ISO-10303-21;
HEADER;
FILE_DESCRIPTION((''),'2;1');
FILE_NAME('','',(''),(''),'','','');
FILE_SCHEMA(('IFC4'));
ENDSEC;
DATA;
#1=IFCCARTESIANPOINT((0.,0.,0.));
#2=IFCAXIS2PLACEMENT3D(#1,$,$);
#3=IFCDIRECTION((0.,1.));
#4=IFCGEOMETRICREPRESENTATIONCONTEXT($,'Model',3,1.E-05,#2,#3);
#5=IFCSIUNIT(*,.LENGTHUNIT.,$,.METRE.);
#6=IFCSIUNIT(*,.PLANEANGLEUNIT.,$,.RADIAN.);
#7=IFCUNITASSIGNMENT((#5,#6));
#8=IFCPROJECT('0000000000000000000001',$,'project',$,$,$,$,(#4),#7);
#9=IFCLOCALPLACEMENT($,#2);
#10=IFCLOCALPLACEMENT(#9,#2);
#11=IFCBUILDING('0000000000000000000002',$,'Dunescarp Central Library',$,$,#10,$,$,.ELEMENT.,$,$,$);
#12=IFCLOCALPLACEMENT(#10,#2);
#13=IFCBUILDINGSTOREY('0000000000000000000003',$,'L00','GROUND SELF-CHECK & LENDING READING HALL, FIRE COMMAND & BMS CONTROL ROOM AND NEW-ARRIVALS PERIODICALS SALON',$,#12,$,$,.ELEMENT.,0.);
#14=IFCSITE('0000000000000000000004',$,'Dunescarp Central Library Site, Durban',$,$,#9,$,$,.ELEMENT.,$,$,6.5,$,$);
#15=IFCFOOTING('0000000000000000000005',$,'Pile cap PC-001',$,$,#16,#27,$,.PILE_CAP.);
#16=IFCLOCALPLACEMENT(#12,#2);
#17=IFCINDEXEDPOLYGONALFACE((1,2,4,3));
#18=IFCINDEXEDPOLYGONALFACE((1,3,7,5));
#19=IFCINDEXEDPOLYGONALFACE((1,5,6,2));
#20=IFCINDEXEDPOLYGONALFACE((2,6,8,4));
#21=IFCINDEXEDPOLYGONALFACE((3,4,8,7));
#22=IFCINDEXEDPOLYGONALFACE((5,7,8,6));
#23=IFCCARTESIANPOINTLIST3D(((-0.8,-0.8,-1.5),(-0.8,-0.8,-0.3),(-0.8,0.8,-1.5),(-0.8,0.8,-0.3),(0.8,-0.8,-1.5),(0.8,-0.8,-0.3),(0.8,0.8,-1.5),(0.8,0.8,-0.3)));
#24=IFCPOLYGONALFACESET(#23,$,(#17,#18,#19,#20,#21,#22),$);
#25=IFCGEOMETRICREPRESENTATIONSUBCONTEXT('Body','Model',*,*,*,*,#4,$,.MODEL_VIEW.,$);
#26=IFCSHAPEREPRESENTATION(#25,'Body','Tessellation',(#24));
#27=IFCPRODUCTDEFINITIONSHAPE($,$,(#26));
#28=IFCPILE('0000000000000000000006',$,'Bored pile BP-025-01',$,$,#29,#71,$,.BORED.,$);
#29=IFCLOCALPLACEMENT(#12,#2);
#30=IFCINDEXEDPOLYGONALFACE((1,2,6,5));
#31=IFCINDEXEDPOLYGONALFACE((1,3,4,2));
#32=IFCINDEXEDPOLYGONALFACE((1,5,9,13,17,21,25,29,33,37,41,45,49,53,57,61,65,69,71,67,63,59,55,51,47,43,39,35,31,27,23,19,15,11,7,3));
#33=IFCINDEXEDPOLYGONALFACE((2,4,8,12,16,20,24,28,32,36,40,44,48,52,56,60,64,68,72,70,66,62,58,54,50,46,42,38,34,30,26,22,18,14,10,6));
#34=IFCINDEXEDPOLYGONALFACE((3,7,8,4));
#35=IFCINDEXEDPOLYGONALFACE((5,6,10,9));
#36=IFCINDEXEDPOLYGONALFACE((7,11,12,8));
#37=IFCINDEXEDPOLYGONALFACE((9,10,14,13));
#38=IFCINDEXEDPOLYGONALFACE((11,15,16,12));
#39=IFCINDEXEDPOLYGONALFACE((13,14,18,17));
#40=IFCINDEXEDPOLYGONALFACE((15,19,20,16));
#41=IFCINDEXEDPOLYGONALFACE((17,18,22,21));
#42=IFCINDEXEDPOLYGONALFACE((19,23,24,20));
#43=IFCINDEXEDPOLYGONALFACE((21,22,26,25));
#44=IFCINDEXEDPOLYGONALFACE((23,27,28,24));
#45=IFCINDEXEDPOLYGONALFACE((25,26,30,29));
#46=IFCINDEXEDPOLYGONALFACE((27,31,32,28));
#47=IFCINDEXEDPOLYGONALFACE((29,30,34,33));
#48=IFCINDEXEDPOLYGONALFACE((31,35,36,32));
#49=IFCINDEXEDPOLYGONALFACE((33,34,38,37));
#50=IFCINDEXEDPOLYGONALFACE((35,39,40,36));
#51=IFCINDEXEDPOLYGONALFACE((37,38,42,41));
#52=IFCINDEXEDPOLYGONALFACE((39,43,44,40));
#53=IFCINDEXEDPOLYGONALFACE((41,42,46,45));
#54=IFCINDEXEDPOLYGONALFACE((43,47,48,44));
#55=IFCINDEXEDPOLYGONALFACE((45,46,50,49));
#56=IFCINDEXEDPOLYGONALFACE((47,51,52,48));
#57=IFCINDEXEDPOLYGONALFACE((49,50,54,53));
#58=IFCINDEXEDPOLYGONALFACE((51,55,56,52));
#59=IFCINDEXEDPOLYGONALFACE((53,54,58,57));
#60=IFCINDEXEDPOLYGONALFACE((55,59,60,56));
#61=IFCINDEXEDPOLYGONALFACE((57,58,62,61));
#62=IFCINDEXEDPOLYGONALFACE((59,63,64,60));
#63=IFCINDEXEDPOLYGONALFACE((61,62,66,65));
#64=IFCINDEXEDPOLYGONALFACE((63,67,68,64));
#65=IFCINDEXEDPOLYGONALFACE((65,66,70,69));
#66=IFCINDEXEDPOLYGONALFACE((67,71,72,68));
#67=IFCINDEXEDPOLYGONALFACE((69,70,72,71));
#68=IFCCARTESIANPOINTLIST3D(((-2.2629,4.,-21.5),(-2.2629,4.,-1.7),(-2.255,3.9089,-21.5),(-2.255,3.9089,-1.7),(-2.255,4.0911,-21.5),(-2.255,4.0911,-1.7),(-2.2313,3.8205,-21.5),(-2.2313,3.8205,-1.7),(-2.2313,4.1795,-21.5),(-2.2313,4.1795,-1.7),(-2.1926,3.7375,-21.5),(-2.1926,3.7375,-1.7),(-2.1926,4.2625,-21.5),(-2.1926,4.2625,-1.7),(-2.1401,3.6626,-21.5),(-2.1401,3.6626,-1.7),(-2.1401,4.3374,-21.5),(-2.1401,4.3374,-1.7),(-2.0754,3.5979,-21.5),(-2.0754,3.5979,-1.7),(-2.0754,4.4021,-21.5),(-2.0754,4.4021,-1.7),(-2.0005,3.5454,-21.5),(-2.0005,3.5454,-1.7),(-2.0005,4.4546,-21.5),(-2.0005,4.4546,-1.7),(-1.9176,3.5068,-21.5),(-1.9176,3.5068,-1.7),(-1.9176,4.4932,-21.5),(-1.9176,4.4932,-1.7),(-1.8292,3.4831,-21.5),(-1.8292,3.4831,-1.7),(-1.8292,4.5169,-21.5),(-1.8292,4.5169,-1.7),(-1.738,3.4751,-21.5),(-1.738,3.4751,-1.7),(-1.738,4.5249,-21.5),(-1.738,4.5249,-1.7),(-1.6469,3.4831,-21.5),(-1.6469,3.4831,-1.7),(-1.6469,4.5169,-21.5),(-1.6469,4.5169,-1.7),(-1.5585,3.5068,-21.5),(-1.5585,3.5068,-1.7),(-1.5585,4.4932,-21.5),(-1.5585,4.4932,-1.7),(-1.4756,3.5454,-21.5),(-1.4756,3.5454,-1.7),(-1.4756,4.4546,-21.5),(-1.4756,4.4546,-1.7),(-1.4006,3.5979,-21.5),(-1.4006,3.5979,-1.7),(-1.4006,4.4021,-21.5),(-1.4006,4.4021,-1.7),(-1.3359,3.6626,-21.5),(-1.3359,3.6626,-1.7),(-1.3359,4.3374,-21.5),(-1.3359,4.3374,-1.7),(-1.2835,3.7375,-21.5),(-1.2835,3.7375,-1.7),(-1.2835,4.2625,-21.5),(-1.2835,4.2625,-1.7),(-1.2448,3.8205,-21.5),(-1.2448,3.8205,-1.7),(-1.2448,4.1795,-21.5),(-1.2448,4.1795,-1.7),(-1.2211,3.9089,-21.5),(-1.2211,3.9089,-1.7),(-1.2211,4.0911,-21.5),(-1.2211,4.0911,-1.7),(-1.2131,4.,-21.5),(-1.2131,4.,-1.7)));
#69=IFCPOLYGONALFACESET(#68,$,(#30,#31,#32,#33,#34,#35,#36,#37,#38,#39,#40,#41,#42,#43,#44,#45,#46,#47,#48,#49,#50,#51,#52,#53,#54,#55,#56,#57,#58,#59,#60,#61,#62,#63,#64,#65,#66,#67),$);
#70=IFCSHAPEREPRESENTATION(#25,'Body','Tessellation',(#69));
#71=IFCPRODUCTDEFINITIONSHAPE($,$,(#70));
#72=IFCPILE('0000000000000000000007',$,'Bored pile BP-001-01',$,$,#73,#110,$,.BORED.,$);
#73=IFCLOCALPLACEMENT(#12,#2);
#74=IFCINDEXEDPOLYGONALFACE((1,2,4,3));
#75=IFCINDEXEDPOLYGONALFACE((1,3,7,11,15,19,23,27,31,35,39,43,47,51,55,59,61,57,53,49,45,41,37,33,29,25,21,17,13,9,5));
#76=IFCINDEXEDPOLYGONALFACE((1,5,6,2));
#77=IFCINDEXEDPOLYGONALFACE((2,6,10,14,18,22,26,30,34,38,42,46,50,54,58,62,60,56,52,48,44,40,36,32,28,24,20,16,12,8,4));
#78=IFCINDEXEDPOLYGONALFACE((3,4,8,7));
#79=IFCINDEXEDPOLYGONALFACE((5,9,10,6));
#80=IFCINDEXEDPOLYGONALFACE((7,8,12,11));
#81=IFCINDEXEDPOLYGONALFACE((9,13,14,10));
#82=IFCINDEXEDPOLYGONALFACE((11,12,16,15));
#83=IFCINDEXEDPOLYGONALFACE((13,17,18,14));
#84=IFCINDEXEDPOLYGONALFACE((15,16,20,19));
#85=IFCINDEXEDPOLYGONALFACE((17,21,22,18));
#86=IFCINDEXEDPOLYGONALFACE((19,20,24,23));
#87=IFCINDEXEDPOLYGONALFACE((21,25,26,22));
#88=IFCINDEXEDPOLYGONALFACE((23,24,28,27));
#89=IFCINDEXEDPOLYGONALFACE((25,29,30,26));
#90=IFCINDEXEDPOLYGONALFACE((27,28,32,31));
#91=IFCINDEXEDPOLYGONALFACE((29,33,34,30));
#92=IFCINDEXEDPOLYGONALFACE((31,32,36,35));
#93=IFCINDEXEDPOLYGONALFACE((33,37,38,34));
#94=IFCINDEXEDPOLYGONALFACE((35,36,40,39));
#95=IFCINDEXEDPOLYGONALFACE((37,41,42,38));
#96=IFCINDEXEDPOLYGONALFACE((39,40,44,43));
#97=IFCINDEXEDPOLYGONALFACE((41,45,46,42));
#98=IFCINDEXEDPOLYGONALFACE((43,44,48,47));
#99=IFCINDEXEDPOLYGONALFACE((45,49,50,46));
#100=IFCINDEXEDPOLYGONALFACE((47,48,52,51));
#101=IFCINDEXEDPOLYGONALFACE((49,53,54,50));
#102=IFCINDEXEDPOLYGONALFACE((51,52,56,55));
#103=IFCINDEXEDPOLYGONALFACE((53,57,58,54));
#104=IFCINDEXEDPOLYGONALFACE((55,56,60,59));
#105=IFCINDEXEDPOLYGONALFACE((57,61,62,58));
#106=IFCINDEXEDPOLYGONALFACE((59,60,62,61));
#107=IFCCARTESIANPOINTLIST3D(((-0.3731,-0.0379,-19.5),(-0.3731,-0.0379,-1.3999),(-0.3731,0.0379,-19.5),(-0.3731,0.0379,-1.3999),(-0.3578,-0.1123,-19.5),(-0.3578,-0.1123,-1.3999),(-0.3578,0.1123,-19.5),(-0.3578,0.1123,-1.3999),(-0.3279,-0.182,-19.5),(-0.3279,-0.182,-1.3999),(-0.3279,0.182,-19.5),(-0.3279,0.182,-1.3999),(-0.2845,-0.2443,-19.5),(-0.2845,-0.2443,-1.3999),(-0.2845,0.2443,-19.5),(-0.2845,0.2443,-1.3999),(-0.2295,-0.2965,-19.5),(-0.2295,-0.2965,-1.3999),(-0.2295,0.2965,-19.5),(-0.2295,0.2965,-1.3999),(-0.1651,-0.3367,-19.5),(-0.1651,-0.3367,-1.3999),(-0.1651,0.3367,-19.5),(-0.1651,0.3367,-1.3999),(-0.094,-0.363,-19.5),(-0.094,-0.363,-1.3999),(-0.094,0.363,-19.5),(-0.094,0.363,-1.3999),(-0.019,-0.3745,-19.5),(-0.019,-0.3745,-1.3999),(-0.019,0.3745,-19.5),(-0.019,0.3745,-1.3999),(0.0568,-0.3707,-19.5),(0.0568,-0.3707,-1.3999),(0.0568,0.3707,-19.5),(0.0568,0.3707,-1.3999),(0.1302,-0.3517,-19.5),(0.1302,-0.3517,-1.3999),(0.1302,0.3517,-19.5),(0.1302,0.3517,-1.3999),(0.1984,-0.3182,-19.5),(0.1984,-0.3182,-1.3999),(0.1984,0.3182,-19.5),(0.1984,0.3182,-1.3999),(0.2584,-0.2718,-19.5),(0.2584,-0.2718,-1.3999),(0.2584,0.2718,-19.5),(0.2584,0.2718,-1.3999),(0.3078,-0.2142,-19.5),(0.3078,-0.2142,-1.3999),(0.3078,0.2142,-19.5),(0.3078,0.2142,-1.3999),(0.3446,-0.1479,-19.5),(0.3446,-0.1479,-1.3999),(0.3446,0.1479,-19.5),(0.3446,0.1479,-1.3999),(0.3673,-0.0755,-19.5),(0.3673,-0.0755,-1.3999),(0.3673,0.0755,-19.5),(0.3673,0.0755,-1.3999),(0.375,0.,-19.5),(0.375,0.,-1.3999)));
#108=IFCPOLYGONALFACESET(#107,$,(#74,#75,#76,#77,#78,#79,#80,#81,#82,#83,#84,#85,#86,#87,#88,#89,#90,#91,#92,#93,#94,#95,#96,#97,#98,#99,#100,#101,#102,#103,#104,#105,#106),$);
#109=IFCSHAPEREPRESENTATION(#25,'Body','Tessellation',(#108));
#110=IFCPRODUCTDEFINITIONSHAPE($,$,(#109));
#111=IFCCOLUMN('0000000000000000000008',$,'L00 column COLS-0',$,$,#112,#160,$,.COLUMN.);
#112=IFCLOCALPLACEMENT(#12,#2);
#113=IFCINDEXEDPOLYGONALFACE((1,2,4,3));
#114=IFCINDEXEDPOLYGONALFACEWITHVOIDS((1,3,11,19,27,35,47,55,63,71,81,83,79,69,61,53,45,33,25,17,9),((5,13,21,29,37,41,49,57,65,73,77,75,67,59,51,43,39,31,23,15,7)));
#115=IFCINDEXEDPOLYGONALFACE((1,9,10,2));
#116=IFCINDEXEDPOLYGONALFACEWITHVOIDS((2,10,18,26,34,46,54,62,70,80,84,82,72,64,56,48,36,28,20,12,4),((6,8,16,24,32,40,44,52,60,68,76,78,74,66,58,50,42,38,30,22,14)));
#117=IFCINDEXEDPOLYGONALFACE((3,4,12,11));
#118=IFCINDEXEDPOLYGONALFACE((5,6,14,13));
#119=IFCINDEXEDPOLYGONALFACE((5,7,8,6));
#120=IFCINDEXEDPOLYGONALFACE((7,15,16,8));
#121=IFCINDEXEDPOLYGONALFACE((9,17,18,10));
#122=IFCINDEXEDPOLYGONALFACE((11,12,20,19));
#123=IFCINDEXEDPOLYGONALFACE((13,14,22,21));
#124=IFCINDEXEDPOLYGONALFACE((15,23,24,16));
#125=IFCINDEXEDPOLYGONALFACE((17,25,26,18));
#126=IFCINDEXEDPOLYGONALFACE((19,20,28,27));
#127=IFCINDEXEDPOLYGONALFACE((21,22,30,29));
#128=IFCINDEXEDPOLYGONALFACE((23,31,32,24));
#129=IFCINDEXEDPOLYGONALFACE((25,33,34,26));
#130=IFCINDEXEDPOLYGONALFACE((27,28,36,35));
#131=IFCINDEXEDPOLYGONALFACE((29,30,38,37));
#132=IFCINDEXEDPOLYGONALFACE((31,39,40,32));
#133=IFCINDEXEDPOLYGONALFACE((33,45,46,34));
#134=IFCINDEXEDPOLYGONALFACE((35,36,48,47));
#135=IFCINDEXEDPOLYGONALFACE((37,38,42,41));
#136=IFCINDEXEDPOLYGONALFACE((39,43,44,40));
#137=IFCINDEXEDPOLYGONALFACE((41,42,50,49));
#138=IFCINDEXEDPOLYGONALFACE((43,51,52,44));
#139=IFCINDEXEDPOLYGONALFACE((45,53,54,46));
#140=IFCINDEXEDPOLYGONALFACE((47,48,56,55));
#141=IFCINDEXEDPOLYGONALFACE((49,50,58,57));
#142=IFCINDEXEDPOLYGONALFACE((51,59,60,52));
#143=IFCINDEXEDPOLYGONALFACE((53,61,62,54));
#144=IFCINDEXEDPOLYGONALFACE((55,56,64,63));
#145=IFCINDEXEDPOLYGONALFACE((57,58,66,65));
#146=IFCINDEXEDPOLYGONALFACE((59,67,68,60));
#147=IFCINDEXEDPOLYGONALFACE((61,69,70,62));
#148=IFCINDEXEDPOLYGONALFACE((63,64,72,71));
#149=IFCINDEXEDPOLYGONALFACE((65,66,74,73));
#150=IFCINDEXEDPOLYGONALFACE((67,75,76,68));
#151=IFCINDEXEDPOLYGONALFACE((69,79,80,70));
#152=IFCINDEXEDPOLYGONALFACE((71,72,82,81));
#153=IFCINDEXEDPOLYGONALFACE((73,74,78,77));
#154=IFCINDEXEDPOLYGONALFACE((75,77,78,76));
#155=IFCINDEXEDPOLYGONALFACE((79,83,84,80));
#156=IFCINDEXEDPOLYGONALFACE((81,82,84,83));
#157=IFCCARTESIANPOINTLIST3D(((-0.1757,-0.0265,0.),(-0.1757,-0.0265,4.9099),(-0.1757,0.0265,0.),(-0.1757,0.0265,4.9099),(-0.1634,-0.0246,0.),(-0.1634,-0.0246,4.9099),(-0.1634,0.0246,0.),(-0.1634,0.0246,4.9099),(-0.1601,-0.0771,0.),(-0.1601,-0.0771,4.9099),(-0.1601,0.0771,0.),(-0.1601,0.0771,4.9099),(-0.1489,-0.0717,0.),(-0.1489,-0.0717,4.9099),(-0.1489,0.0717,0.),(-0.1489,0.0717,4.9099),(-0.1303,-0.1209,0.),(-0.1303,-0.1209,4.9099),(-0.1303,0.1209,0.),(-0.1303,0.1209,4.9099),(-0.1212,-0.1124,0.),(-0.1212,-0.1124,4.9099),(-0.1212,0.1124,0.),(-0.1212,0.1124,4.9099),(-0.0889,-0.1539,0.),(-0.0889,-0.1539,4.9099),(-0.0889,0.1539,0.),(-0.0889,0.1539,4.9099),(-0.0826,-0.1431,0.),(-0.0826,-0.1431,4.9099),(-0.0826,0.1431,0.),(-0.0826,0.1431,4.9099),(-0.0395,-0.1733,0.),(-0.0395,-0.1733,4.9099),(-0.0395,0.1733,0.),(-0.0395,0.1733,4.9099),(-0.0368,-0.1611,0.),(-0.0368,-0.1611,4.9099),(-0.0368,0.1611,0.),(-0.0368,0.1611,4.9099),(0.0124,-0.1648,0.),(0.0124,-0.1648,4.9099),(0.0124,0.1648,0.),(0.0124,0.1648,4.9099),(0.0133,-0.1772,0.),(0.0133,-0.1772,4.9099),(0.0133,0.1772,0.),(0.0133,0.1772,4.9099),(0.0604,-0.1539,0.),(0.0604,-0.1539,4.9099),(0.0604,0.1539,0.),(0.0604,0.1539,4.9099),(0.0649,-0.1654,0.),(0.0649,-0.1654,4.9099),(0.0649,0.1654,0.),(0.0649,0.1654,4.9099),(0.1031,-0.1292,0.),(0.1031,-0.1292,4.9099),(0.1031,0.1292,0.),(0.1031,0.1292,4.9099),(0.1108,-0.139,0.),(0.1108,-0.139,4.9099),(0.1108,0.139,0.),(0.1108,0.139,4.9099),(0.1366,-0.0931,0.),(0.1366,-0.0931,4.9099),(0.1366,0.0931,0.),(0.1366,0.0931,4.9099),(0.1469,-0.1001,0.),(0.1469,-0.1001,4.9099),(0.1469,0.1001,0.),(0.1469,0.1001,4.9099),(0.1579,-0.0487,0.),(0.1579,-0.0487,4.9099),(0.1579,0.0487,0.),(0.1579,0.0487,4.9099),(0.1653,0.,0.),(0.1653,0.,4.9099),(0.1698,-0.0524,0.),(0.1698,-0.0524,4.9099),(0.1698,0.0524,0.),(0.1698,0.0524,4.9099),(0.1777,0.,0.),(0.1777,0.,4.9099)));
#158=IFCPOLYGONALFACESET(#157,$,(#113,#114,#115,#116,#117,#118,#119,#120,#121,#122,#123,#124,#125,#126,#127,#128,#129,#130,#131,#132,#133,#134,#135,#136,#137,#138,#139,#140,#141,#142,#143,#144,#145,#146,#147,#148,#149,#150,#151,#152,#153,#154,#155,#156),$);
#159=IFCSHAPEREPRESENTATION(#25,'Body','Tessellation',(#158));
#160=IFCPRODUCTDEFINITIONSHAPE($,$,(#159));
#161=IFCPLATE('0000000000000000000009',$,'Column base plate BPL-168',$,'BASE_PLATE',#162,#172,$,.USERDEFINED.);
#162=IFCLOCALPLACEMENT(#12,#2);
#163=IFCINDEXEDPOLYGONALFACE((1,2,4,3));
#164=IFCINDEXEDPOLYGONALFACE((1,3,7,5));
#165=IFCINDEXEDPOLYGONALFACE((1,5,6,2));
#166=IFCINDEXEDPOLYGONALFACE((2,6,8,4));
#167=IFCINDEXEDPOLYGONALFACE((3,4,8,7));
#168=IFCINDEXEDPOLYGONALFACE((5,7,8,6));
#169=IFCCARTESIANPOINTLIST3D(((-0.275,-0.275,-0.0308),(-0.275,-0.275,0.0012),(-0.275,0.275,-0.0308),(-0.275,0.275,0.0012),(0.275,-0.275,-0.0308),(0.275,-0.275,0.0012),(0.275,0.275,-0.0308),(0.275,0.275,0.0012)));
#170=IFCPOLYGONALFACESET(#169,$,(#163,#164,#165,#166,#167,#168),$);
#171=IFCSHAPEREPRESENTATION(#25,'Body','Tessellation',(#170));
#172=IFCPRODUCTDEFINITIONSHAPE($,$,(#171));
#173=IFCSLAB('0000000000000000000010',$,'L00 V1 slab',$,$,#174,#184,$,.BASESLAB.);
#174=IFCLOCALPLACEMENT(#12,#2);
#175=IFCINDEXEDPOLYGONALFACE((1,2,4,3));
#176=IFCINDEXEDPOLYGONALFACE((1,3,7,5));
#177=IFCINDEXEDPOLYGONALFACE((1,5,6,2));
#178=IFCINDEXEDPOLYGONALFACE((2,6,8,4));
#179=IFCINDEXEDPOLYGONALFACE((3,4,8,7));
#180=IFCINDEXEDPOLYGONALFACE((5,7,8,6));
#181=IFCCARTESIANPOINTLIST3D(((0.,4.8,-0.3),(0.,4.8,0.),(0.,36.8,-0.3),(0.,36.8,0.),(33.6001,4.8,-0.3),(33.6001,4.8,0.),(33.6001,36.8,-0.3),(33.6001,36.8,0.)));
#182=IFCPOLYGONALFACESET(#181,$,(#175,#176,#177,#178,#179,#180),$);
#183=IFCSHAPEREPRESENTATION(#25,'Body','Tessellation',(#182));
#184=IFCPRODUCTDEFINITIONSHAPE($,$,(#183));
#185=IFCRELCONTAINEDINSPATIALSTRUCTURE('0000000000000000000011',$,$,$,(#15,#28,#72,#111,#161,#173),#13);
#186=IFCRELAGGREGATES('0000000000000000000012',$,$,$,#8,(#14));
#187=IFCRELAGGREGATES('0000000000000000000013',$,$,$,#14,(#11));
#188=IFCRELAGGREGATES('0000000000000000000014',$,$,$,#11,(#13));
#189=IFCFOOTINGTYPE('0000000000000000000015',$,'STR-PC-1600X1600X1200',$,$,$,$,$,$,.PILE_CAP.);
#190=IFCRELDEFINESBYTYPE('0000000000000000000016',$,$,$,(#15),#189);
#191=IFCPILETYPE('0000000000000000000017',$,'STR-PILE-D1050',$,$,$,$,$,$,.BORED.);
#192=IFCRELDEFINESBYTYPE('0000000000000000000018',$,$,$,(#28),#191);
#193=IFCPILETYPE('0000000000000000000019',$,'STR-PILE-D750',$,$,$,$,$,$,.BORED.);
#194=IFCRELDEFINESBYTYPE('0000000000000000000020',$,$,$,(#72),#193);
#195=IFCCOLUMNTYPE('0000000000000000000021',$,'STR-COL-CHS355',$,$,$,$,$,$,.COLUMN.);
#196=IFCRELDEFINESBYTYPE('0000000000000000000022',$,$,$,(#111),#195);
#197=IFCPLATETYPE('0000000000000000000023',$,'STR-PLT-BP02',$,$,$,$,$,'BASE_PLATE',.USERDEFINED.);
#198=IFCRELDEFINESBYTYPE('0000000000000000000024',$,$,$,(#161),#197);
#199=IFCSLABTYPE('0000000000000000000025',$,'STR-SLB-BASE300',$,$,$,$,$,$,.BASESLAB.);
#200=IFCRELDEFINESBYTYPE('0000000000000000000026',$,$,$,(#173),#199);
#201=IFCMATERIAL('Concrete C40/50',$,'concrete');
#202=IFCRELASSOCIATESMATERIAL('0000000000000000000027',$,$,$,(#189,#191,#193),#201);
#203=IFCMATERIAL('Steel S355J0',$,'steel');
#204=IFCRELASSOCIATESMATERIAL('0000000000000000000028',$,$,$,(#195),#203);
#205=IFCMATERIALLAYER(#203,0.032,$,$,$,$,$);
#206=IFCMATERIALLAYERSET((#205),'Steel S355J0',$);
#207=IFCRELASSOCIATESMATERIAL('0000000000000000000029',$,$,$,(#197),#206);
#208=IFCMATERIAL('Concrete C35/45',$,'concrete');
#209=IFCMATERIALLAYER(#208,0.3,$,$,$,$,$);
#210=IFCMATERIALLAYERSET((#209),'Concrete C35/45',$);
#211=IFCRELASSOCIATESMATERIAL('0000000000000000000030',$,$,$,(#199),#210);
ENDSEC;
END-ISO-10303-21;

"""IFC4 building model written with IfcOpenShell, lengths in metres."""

from ifc_helpers import new_model, si_unit, direction, frame, origin, origin_with_axes, origin_2d, place, context, subcontext, project, spatial, polyline, rectangle, circle, hollow_circle, outline, extrude, material, layer, layer_set, material_profile, profile_set, type_object, element, save


model = new_model("IFC4")

# Units and contexts
model_context = context("Model", 3, precision=1e-05, world=origin(), true_north=direction((0.0, 1.0)))
body_context = subcontext(model_context, "Body", "Model", "MODEL_VIEW")
ifc_project = project(units=[si_unit("LENGTHUNIT", "METRE"), si_unit("PLANEANGLEUNIT", "RADIAN")], contexts=[model_context])

# Site, building, storey
site_placement = place(None, origin())
site = spatial("IfcSite", under=ifc_project, at=site_placement, Name="Dunescarp Central Library Site, Durban", CompositionType="ELEMENT", RefElevation=6.5)
building_placement = place(site_placement, origin())
building = spatial("IfcBuilding", under=site, at=building_placement, Name="Dunescarp Central Library", CompositionType="ELEMENT")
storey_placement = place(building_placement, origin())
storey = spatial("IfcBuildingStorey", under=building, at=storey_placement, Name="L00", Description="GROUND SELF-CHECK & LENDING READING HALL, FIRE COMMAND & BMS CONTROL ROOM AND NEW-ARRIVALS PERIODICALS SALON", CompositionType="ELEMENT", Elevation=0.0)

# Footing
ifc_material_1 = material(Name="Concrete C40/50", Category="concrete")
footing_type = type_object("IfcFootingType", Name="STR-PC-1600X1600X1200", PredefinedType="PILE_CAP", material=ifc_material_1)
footing_placement = place(storey_placement, frame((0.0, 0.0, -1.5), z_axis=(0.0, 0.0, 1.0), x_axis=(1.0, 0.0, 0.0)))
element("IfcFooting", 1, at=footing_placement, inside=storey, type_object=footing_type, Name="Pile cap PC-001", PredefinedType="PILE_CAP", context=body_context, shape_type="SweptSolid", body=[
    extrude(rectangle(XDim=1.6001, YDim=1.6001, at=origin_2d()), origin(), (0.0, 0.0, 1.0), 1.2),
])

# Piles
ifc_material_profile_1 = material_profile(ifc_material_1, circle(Radius=0.5249, at=origin_2d()), Name="PILE D1050")
ifc_profile_set_1 = profile_set([ifc_material_profile_1], Name="Concrete C40/50")
pile_type_1 = type_object("IfcPileType", Name="STR-PILE-D1050", PredefinedType="BORED", material=ifc_profile_set_1)
pile_1_placement = place(storey_placement, frame((-1.738, 4.0, -1.7), z_axis=(0.0, 0.0, -1.0), x_axis=(1.0, 0.0, 0.0)))
element("IfcPile", 2, at=pile_1_placement, inside=storey, type_object=pile_type_1, Name="Bored pile BP-025-01", PredefinedType="BORED", context=body_context, shape_type="SweptSolid", body=[
    extrude(circle(Radius=0.5249, at=origin_2d()), origin(), (0.0, 0.0, 1.0), 19.8),
])
ifc_material_profile_2 = material_profile(ifc_material_1, circle(Radius=0.375, at=origin_2d()), Name="PILE D750")
ifc_profile_set_2 = profile_set([ifc_material_profile_2], Name="Concrete C40/50")
pile_type_2 = type_object("IfcPileType", Name="STR-PILE-D750", PredefinedType="BORED", material=ifc_profile_set_2)
pile_2_placement = place(storey_placement, frame((0.0, 0.0, -1.3999), z_axis=(0.0, 0.0, -1.0), x_axis=(1.0, 0.0, 0.0)))
element("IfcPile", 3, at=pile_2_placement, inside=storey, type_object=pile_type_2, Name="Bored pile BP-001-01", PredefinedType="BORED", context=body_context, shape_type="SweptSolid", body=[
    extrude(circle(Radius=0.375, at=origin_2d()), origin(), (0.0, 0.0, 1.0), 18.1001),
])

# Column
ifc_material_2 = material(Name="Steel S355J0", Category="steel")
ifc_material_profile_3 = material_profile(ifc_material_2, hollow_circle(Radius=0.1777, WallThickness=0.0125, at=origin_2d()), Name="CHS 355.6x12.5")
ifc_profile_set_3 = profile_set([ifc_material_profile_3], Name="Steel S355J0")
column_type = type_object("IfcColumnType", Name="STR-COL-CHS355", PredefinedType="COLUMN", material=ifc_profile_set_3)
column_placement = place(storey_placement, origin_with_axes())
element("IfcColumn", 4, at=column_placement, inside=storey, type_object=column_type, Name="L00 column COLS-0", PredefinedType="COLUMN", context=body_context, shape_type="SweptSolid", body=[
    extrude(hollow_circle(Radius=0.1777, WallThickness=0.0125, at=origin_2d()), origin(), (0.0, 0.0, 1.0), 4.9099),
])

# Plate
ifc_layer_1 = layer(ifc_material_2, 0.032)
ifc_layer_set_1 = layer_set([ifc_layer_1], Name="Steel S355J0")
plate_type = type_object("IfcPlateType", Name="STR-PLT-BP02", ElementType="BASE_PLATE", PredefinedType="USERDEFINED", material=ifc_layer_set_1)
plate_placement = place(storey_placement, frame((0.0, 0.0, -0.0308), z_axis=(0.0, 0.0, 1.0), x_axis=(1.0, 0.0, 0.0)))
element("IfcPlate", 5, at=plate_placement, inside=storey, type_object=plate_type, Name="Column base plate BPL-168", ObjectType="BASE_PLATE", PredefinedType="USERDEFINED", context=body_context, shape_type="SweptSolid", body=[
    extrude(rectangle(XDim=0.55, YDim=0.55, at=origin_2d()), origin(), (0.0, 0.0, 1.0), 0.032),
])

# Slab
ifc_material_3 = material(Name="Concrete C35/45", Category="concrete")
ifc_layer_2 = layer(ifc_material_3, 0.3)
ifc_layer_set_2 = layer_set([ifc_layer_2], Name="Concrete C35/45")
slab_type_1 = type_object("IfcSlabType", Name="STR-SLB-BASE300", PredefinedType="BASESLAB", material=ifc_layer_set_2)
slab_1_placement = place(storey_placement, frame((0.0, 0.0, -0.3)))
element("IfcSlab", 6, at=slab_1_placement, inside=storey, type_object=slab_type_1, Name="L00 V1 slab", PredefinedType="BASESLAB", context=body_context, shape_type="SweptSolid", body=[
    extrude(outline(polyline([(0.0, 4.8), (33.6001, 4.8), (33.6001, 36.8), (0.0, 36.8), (0.0, 4.8)])), origin(), (0.0, 0.0, 1.0), 0.3),
])

save(model, "model.ifc")
